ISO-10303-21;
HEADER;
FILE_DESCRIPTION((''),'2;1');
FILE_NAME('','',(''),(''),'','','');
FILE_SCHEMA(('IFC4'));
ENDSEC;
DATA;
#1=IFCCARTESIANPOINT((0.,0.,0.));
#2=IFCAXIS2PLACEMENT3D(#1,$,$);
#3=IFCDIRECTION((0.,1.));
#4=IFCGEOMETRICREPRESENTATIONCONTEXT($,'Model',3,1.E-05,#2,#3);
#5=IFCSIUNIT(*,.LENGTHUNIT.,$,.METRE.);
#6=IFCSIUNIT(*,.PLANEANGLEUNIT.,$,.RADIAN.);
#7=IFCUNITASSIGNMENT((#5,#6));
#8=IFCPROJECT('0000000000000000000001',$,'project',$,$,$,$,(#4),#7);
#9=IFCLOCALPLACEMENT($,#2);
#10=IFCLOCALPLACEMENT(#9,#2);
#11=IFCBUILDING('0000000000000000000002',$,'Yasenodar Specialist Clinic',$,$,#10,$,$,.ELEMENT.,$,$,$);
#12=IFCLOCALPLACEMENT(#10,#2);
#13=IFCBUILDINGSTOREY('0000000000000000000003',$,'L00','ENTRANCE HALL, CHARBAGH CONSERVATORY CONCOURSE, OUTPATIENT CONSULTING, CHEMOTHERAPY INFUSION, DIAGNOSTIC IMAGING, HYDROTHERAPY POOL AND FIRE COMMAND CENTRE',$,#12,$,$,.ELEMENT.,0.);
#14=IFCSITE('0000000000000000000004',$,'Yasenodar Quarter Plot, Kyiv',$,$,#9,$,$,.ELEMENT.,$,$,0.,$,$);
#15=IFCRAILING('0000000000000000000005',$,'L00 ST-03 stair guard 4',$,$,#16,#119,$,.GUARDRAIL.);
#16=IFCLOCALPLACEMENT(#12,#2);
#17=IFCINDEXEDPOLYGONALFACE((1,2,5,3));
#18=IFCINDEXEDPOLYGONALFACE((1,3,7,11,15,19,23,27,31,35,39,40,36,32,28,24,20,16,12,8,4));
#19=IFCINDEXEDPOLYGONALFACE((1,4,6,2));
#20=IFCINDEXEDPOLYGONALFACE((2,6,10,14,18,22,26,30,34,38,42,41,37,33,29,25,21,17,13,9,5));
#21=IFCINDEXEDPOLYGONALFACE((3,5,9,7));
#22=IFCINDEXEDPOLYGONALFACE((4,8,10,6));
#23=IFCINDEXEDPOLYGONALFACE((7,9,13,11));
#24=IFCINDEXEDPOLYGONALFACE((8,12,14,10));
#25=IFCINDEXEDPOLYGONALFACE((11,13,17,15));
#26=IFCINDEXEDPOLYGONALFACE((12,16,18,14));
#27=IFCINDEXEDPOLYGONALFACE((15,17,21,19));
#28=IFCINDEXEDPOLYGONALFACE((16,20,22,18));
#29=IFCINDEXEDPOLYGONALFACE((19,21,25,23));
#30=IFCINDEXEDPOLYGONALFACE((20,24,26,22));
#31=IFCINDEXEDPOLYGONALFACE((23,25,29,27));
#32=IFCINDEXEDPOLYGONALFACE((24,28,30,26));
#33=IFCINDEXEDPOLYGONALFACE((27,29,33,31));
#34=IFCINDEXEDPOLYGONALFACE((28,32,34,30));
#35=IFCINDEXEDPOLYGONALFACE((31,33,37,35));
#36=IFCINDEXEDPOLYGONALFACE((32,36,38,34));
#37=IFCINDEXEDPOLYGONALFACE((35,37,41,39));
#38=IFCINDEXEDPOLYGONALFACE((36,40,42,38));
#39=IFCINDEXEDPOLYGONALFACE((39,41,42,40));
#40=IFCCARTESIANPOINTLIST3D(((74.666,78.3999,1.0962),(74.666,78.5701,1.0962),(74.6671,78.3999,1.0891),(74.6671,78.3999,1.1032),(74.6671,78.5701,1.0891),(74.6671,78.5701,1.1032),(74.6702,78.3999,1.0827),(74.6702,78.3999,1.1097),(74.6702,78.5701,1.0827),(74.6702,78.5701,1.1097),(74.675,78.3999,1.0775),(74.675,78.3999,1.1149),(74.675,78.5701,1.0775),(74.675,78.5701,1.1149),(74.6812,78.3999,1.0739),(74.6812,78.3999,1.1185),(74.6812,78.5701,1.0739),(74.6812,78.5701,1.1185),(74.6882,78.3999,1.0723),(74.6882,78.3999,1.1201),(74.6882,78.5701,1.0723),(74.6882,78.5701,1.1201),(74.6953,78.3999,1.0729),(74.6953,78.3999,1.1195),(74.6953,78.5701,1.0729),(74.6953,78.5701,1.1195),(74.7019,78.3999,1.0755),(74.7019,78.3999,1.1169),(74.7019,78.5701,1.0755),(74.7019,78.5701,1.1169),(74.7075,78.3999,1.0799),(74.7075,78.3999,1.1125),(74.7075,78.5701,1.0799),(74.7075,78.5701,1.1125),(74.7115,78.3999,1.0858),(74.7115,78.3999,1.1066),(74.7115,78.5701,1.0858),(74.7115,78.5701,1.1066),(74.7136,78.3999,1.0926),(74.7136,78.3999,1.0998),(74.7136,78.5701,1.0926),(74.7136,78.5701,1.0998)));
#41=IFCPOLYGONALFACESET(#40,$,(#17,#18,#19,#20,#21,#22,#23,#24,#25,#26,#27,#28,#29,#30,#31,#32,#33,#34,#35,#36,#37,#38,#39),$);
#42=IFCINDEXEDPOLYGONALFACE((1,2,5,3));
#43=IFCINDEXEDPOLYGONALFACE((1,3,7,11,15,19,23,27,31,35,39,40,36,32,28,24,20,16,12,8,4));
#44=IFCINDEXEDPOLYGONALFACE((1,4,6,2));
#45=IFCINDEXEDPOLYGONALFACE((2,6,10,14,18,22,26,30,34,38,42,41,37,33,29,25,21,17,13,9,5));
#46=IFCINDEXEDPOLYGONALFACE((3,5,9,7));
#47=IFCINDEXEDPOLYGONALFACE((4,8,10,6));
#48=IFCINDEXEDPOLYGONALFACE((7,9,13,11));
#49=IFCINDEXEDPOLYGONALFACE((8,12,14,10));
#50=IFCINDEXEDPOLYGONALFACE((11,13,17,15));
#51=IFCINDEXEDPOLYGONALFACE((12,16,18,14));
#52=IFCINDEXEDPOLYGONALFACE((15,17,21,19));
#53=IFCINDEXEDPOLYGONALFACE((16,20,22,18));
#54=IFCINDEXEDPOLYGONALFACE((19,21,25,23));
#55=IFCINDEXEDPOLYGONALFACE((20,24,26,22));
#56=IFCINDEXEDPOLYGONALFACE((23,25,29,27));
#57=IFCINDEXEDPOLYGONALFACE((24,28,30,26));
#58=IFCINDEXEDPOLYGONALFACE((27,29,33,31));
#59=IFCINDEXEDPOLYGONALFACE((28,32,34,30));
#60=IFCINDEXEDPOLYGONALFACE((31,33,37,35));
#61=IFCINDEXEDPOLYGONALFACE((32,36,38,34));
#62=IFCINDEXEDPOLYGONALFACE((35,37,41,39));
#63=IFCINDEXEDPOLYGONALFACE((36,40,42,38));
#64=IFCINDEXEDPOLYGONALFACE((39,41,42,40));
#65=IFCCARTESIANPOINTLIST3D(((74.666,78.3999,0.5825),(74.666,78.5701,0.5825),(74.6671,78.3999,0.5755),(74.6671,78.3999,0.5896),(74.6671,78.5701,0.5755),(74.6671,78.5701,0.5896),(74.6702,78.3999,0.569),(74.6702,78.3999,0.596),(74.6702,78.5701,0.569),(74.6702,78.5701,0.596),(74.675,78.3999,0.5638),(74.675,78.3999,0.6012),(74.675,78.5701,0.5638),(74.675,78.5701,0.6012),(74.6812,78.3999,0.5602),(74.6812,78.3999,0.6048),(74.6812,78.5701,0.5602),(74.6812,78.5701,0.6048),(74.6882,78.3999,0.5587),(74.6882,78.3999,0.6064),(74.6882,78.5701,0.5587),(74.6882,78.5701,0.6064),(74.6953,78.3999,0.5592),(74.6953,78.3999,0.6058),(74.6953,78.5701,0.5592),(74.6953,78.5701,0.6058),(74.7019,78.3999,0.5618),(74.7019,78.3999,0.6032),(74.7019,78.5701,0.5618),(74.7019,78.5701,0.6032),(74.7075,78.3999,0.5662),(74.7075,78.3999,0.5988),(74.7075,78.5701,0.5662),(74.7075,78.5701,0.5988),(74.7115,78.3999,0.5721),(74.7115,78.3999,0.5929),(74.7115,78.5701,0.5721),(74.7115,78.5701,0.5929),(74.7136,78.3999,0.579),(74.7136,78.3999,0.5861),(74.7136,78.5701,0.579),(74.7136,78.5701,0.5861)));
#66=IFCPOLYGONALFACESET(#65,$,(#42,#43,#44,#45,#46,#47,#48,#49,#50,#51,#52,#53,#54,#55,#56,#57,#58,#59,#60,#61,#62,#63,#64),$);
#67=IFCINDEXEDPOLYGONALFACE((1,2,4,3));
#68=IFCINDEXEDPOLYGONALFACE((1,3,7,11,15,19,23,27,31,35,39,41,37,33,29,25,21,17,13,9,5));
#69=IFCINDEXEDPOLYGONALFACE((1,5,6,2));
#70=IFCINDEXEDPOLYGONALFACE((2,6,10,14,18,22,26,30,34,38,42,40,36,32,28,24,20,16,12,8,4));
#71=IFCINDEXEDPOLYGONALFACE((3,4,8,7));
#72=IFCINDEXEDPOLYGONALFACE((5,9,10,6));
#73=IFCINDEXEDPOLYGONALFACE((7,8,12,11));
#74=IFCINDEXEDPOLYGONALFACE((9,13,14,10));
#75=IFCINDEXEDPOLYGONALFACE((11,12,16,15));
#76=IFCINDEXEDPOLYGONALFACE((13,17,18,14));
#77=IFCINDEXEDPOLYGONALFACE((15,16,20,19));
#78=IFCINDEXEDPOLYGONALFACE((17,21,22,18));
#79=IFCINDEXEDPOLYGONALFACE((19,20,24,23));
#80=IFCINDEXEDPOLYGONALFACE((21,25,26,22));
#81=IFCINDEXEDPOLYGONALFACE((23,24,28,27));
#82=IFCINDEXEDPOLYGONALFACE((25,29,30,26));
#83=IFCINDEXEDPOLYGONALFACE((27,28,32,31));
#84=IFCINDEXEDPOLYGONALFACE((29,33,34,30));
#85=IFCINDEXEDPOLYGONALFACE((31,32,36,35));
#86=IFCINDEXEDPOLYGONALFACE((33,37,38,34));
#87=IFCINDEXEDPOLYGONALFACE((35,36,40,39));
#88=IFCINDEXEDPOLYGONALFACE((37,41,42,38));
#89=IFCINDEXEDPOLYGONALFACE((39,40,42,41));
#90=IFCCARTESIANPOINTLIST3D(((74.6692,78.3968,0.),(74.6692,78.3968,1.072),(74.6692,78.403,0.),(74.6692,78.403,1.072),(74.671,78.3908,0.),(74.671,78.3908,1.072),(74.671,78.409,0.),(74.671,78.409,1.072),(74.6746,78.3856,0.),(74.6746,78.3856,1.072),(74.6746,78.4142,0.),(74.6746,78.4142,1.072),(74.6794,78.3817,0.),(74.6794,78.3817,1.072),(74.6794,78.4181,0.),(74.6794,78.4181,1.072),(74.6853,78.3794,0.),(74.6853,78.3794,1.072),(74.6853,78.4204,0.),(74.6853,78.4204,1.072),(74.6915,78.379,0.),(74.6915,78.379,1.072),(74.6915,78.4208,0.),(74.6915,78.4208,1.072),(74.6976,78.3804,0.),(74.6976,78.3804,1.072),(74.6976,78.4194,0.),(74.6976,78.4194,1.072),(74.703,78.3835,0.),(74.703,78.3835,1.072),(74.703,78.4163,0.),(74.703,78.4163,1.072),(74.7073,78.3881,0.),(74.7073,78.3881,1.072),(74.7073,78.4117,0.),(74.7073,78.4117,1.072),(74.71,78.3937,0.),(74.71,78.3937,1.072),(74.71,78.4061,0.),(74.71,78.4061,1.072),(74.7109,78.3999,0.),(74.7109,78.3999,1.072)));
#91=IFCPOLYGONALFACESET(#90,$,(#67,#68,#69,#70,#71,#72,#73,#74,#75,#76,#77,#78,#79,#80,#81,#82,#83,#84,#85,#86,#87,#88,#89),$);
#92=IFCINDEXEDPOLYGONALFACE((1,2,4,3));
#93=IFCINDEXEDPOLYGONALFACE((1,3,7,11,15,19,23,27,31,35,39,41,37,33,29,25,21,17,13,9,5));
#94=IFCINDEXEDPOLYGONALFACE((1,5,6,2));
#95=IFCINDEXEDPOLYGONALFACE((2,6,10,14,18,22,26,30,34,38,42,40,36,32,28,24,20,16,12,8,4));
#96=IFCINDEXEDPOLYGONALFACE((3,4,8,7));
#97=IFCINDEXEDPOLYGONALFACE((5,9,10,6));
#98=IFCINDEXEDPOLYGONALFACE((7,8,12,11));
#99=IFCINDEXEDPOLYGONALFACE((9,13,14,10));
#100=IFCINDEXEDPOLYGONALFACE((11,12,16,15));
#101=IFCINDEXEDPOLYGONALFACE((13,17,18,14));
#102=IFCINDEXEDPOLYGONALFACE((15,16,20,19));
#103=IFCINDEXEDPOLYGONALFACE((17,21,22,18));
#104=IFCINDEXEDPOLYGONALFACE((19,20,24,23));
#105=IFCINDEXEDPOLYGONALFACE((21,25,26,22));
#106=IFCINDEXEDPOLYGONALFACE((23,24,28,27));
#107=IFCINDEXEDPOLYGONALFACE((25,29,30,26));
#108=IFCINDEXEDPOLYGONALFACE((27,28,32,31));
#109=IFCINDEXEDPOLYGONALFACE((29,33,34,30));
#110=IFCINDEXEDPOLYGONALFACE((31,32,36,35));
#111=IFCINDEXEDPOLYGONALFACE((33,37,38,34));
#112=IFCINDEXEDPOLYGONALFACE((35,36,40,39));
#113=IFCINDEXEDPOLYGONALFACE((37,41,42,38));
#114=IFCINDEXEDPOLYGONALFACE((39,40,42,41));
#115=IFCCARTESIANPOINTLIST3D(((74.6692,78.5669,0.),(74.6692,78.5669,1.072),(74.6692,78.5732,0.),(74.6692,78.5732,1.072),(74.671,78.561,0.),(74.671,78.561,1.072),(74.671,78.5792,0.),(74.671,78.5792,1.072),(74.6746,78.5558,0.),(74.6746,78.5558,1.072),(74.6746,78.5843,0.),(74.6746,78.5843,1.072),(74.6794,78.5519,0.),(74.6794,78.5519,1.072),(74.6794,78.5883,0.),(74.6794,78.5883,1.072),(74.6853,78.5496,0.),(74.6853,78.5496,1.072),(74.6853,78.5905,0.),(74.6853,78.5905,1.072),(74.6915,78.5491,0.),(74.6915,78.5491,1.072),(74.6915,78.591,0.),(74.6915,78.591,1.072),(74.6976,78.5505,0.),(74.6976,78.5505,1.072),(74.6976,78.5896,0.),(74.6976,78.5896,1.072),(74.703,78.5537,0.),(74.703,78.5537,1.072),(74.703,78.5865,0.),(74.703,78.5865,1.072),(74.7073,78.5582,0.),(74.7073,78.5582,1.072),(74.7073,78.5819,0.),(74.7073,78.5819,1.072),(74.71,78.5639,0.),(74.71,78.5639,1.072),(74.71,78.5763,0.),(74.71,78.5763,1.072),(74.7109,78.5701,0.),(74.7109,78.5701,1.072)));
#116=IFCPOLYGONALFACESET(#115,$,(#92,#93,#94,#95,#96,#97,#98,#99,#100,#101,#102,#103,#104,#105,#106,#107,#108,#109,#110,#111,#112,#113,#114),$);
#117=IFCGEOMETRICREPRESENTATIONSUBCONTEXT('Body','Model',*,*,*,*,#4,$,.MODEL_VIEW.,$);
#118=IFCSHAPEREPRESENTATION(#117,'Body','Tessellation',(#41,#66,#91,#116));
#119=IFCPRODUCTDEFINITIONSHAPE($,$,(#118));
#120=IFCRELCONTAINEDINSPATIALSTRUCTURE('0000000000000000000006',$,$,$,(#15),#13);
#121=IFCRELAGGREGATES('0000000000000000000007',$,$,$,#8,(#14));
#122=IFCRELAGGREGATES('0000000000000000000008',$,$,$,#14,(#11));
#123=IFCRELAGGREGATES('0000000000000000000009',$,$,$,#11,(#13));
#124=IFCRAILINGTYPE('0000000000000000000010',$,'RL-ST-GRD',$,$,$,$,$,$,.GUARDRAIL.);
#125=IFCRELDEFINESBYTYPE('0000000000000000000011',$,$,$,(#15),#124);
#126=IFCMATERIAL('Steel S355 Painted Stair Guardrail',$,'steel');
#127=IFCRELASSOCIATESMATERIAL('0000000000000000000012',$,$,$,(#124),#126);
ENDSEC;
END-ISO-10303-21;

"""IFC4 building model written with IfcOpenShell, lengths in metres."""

from ifc_helpers import new_model, si_unit, direction, frame, origin, origin_2d, place, context, subcontext, project, spatial, circle, extrude, material, type_object, element, save


model = new_model("IFC4")

# Units and contexts
model_context = context("Model", 3, precision=1e-05, world=origin(), true_north=direction((0.0, 1.0)))
body_context = subcontext(model_context, "Body", "Model", "MODEL_VIEW")
ifc_project = project(units=[si_unit("LENGTHUNIT", "METRE"), si_unit("PLANEANGLEUNIT", "RADIAN")], contexts=[model_context])

# Site, building, storey
site_placement = place(None, origin())
site = spatial("IfcSite", under=ifc_project, at=site_placement, Name="Yasenodar Quarter Plot, Kyiv", CompositionType="ELEMENT", RefElevation=0.0)
building_placement = place(site_placement, origin())
building = spatial("IfcBuilding", under=site, at=building_placement, Name="Yasenodar Specialist Clinic", CompositionType="ELEMENT")
storey_placement = place(building_placement, origin())
storey = spatial("IfcBuildingStorey", under=building, at=storey_placement, Name="L00", Description="ENTRANCE HALL, CHARBAGH CONSERVATORY CONCOURSE, OUTPATIENT CONSULTING, CHEMOTHERAPY INFUSION, DIAGNOSTIC IMAGING, HYDROTHERAPY POOL AND FIRE COMMAND CENTRE", CompositionType="ELEMENT", Elevation=0.0)

# Railing
ifc_material_1 = material(Name="Steel S355 Painted Stair Guardrail", Category="steel")
railing_type_1 = type_object("IfcRailingType", Name="RL-ST-GRD", PredefinedType="GUARDRAIL", material=ifc_material_1)
railing_1_placement = place(storey_placement, frame((74.6899, 78.3999, 0.0)))
element("IfcRailing", 1, at=railing_1_placement, inside=storey, type_object=railing_type_1, Name="L00 ST-03 stair guard 4", PredefinedType="GUARDRAIL", context=body_context, shape_type="SweptSolid", body=[
    extrude(circle(Radius=0.0239, at=origin_2d()), frame((0.0, 0.0, 1.0962), z_axis=(0.0, 1.0, 0.0), x_axis=(-1.0, 0.0, 0.0)), (0.0, 0.0, 1.0), 0.1702),
    extrude(circle(Radius=0.0239, at=origin_2d()), frame((0.0, 0.0, 0.5825), z_axis=(0.0, 1.0, 0.0), x_axis=(-1.0, 0.0, 0.0)), (0.0, 0.0, 1.0), 0.1702),
    extrude(circle(Radius=0.021, at=origin_2d()), origin(), (0.0, 0.0, 1.0), 1.072),
    extrude(circle(Radius=0.021, at=origin_2d()), frame((0.0, 0.1702, 0.0)), (0.0, 0.0, 1.0), 1.072),
])

save(model, "model.ifc")
